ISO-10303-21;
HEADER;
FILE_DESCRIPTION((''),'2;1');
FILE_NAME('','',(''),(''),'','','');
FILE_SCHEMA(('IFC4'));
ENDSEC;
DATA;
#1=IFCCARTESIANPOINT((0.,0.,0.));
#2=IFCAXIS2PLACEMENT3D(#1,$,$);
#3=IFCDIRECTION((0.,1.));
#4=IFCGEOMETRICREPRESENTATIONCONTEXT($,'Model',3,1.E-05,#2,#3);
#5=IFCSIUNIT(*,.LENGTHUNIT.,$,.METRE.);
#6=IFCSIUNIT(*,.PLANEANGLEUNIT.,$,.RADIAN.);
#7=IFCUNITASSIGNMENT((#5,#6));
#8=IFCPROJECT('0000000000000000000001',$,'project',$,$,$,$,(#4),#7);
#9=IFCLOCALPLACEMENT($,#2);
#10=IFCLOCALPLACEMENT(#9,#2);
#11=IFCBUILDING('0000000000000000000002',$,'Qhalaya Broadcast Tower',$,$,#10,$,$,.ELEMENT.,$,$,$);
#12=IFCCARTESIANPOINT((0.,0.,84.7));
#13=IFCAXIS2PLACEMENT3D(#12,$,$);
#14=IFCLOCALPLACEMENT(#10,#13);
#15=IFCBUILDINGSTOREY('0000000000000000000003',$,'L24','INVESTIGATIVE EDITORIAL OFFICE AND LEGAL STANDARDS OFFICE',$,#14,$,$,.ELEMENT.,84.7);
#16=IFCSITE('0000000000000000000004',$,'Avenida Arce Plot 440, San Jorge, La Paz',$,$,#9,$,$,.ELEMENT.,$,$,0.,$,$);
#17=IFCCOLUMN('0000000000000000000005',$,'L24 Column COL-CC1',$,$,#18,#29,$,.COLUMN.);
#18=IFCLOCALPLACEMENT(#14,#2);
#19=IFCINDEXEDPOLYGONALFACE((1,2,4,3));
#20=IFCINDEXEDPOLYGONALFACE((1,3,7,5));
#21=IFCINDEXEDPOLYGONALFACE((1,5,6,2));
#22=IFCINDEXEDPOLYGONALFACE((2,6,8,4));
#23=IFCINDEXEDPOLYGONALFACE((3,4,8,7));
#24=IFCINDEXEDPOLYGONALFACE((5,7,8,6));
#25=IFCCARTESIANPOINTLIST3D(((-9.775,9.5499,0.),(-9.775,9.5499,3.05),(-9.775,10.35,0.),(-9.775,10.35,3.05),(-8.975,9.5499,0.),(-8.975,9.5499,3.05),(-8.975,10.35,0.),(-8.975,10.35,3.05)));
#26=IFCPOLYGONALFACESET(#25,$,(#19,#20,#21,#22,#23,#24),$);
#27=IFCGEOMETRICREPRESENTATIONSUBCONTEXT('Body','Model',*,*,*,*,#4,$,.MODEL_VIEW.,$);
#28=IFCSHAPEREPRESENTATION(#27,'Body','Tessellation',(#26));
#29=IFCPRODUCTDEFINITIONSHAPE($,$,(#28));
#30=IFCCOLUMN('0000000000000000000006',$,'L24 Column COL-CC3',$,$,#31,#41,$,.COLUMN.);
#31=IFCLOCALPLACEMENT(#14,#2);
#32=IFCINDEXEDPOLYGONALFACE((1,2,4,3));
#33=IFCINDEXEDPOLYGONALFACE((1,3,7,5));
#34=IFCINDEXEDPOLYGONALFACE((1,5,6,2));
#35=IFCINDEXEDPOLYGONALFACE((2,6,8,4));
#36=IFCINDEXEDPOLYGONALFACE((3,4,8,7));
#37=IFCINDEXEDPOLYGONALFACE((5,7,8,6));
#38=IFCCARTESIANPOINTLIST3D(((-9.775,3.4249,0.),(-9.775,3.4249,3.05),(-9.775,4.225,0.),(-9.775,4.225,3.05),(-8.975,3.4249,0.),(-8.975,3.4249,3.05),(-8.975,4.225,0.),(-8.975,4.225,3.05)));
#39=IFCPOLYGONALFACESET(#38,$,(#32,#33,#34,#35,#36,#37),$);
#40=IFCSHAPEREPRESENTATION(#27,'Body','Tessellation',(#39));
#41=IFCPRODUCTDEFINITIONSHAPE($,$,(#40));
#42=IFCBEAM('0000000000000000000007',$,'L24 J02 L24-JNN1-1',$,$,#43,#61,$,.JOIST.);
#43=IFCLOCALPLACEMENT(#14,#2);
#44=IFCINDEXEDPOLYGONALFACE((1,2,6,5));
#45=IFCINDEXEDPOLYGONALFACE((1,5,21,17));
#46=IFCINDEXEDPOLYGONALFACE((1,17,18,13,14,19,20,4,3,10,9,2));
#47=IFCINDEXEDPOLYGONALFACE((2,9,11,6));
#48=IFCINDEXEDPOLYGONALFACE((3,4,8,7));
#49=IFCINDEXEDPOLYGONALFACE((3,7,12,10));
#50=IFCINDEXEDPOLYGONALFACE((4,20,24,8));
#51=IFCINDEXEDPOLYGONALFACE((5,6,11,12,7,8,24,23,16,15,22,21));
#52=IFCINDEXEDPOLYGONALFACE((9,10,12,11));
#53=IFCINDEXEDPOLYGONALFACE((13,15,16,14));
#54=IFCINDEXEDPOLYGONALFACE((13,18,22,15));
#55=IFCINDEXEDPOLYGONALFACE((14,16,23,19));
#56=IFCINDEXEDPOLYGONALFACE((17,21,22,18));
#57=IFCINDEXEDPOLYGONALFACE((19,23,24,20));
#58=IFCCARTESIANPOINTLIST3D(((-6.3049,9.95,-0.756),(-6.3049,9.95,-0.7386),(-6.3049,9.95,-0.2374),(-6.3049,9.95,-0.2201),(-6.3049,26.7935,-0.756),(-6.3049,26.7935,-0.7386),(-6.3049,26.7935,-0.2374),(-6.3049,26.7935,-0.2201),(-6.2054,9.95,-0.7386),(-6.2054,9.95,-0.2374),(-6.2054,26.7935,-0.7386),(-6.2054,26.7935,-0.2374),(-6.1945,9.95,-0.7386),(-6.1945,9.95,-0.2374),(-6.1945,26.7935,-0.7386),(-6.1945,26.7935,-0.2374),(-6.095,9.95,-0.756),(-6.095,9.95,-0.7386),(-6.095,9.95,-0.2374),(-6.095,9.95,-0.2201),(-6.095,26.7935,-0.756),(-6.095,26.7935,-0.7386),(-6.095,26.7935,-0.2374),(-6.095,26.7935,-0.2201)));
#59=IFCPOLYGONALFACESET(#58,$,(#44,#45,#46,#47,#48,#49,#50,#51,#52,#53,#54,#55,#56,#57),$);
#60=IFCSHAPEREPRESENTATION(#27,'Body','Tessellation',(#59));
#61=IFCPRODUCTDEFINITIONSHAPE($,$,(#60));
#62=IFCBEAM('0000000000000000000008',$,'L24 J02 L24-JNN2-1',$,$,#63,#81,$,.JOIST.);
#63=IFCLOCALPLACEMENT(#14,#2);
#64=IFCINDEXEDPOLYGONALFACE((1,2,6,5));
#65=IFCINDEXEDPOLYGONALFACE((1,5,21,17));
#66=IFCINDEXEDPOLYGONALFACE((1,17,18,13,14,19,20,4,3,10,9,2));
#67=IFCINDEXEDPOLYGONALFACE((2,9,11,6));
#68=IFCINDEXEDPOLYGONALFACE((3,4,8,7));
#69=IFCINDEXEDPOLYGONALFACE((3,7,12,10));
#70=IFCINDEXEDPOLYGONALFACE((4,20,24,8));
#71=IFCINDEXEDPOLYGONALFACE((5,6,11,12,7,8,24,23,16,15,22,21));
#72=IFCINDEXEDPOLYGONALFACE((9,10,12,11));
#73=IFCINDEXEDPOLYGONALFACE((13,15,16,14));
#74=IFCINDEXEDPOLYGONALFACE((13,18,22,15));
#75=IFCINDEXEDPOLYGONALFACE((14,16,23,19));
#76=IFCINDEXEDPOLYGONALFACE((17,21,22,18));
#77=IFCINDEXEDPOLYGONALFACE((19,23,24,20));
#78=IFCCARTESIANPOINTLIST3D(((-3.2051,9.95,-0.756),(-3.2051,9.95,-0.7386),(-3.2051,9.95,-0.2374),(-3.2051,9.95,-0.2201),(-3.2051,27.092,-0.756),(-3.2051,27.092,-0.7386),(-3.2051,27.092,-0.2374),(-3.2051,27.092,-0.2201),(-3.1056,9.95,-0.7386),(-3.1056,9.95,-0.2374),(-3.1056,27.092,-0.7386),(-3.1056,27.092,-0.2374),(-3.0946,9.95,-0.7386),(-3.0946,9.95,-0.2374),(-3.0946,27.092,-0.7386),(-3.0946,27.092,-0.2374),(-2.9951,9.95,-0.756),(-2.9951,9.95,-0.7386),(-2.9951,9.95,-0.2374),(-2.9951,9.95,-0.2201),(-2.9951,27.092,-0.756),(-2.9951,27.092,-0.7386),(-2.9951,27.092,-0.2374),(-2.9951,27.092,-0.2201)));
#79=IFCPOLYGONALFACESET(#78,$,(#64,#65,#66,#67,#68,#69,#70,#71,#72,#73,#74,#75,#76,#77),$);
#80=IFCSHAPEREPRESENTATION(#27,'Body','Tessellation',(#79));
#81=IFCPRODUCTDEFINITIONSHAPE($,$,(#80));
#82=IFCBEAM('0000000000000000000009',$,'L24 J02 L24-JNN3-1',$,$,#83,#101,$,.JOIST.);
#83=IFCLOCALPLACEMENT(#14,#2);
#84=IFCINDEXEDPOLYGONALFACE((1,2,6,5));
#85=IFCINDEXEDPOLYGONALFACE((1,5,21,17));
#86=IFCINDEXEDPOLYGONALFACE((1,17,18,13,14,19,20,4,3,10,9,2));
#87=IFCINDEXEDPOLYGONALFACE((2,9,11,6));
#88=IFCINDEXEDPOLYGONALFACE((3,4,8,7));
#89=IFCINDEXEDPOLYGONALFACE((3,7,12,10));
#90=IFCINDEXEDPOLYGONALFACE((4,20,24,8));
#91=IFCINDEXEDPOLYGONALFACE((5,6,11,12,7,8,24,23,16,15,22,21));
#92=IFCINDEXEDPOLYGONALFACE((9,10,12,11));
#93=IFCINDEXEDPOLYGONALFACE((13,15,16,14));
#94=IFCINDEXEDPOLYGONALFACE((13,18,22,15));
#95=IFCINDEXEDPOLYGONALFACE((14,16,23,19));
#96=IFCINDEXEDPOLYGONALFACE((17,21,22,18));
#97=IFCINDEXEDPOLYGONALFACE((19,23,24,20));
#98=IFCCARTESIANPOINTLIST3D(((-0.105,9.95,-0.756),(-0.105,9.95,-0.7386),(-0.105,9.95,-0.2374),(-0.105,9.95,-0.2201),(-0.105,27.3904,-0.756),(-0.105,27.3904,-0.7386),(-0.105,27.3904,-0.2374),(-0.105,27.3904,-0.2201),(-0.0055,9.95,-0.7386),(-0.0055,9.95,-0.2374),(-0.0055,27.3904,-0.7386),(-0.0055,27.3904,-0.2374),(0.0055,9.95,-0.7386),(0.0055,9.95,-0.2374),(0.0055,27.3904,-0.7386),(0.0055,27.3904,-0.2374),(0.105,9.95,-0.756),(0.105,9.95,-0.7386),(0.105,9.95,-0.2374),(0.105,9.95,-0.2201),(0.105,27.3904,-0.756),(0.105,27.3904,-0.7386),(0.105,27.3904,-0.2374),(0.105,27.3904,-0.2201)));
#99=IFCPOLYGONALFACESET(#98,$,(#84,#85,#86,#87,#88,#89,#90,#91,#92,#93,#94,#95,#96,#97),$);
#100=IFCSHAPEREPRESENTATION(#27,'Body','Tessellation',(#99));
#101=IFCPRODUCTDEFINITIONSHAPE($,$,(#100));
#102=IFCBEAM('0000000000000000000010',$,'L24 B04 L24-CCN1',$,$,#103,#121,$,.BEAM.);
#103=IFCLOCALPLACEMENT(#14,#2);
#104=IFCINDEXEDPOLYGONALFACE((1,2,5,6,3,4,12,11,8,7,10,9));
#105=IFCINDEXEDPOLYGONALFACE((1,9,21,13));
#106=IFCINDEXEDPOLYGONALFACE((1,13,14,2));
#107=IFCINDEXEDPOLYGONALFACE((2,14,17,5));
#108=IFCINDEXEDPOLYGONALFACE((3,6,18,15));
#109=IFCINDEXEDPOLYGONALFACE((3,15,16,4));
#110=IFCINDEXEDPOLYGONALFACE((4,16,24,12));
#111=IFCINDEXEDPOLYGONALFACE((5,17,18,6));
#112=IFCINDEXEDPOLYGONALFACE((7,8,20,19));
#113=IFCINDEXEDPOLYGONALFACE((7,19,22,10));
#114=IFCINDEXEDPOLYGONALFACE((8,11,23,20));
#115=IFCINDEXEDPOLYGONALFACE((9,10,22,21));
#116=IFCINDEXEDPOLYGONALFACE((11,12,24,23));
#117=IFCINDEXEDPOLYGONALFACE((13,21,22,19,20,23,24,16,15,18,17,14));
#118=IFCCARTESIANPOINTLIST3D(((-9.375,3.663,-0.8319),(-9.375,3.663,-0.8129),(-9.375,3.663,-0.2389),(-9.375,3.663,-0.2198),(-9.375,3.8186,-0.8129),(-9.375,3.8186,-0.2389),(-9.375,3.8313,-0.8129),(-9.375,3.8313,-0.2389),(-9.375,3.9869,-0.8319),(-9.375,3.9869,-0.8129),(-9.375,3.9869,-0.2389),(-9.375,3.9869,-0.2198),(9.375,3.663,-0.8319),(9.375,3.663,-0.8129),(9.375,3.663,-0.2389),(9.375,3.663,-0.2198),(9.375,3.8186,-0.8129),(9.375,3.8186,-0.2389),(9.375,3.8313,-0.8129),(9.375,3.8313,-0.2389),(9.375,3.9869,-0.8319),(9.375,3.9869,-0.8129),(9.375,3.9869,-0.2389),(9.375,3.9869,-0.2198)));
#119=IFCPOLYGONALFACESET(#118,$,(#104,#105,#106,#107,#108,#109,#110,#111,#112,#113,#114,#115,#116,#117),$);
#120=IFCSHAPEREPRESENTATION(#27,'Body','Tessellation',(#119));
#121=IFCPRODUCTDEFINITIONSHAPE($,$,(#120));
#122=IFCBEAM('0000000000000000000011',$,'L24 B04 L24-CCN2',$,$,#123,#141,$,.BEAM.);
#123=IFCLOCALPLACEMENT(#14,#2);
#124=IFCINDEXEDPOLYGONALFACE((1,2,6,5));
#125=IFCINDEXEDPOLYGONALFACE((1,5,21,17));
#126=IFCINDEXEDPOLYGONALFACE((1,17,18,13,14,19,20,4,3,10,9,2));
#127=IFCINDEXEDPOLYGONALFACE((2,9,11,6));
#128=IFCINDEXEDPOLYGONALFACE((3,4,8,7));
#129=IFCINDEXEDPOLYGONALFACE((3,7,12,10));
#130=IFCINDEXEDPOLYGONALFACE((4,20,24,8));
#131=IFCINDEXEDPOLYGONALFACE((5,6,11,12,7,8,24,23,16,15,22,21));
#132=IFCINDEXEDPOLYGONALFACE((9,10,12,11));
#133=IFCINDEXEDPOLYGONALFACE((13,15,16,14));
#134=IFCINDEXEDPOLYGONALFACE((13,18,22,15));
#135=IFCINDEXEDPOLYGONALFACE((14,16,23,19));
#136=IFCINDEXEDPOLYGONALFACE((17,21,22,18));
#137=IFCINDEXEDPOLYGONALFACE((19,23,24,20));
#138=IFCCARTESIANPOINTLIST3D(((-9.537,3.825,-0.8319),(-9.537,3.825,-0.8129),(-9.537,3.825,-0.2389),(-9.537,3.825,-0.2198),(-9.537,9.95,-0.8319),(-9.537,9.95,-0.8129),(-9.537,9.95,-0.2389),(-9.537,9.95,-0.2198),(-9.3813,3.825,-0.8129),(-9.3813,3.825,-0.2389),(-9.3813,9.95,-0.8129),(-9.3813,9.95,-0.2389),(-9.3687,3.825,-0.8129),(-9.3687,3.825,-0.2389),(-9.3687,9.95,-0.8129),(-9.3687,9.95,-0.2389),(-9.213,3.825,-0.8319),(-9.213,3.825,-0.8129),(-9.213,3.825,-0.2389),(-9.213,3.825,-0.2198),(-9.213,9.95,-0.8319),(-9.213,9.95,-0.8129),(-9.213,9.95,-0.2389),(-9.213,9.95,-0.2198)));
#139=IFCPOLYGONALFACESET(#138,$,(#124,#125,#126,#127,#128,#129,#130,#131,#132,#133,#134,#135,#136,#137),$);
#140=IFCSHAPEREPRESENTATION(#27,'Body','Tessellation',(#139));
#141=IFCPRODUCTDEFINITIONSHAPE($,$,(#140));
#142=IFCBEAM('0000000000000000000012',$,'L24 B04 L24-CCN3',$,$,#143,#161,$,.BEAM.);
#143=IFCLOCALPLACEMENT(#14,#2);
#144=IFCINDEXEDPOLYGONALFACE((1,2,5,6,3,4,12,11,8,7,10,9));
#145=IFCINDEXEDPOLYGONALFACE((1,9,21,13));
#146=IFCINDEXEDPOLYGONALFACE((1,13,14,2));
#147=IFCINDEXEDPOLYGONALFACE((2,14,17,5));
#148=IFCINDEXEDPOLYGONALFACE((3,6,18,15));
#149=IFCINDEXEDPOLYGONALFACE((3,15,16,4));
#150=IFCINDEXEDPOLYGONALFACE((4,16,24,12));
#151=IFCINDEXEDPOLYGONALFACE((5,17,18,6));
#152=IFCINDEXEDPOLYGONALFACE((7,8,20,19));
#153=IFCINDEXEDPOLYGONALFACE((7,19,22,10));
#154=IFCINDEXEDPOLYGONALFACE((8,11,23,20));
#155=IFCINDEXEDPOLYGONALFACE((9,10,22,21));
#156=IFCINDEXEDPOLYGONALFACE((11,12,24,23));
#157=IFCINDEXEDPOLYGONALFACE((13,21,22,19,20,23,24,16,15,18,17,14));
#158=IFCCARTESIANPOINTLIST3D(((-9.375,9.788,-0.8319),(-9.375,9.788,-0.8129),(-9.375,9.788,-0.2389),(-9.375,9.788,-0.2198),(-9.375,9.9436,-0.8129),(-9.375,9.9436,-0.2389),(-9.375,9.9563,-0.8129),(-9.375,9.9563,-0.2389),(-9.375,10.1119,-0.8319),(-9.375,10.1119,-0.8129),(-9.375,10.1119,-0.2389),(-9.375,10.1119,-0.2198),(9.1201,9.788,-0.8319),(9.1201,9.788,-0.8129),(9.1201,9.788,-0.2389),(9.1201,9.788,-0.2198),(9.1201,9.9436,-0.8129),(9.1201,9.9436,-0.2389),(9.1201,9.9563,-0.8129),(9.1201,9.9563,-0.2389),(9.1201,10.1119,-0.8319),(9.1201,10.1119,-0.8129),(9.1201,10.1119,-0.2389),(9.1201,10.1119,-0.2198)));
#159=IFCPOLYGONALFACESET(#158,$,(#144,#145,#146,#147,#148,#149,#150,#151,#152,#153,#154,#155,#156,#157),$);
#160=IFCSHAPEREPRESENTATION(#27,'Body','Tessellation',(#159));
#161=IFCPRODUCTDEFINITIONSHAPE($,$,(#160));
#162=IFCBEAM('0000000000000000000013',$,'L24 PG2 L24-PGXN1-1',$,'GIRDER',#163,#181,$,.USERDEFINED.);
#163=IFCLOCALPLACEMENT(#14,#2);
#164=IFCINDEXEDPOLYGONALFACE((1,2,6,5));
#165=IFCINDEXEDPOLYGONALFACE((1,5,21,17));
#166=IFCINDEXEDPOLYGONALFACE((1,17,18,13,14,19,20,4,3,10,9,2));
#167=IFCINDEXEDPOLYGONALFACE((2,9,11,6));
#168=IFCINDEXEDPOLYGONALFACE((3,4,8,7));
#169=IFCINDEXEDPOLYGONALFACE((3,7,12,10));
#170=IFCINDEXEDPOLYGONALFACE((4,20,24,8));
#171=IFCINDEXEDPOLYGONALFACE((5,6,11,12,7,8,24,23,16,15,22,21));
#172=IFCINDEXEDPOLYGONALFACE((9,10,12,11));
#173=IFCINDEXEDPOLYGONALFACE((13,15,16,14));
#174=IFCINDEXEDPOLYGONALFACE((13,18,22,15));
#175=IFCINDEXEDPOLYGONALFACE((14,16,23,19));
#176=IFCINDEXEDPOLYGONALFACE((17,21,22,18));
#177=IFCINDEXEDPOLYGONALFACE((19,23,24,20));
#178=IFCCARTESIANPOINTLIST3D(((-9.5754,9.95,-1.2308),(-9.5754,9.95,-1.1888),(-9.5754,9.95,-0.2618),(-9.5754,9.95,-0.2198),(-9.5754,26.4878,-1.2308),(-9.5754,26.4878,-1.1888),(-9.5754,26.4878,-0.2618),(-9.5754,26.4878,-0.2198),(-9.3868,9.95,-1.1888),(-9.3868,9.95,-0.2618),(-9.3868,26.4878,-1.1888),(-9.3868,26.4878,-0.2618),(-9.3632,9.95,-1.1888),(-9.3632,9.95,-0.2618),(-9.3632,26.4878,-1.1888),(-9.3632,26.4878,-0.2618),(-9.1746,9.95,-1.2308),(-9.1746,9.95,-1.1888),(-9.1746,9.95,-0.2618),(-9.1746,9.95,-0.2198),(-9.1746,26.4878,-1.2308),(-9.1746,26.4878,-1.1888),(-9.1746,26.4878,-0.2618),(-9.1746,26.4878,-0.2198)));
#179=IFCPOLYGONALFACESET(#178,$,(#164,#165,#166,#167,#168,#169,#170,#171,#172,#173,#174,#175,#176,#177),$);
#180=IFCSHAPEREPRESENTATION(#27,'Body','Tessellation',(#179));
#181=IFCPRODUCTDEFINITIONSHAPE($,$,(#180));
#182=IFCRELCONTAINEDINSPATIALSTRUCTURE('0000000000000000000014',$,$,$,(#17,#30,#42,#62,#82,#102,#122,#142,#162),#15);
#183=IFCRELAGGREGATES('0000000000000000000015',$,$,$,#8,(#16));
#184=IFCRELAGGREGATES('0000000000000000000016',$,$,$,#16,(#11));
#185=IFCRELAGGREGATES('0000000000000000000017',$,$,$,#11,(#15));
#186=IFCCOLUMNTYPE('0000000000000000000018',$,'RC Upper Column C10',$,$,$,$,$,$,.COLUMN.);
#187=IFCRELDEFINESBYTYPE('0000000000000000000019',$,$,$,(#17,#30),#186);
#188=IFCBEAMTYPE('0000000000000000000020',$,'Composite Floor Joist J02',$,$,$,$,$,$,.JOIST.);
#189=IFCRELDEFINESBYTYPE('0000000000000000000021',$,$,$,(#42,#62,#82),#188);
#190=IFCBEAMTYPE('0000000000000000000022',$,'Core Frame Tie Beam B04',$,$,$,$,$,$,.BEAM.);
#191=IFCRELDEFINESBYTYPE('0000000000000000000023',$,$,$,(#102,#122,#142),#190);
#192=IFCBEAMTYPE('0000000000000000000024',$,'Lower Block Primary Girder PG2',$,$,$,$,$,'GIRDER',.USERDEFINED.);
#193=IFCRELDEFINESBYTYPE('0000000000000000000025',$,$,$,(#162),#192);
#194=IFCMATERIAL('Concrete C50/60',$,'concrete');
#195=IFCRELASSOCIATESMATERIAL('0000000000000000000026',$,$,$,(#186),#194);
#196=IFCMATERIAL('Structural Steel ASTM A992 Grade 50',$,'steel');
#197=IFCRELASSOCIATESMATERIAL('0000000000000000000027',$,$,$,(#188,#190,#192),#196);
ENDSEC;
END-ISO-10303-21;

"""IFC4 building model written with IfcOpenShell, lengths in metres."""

from ifc_helpers import new_model, si_unit, direction, frame, origin, origin_2d, place, context, subcontext, project, spatial, rectangle, i_section, extrude, material, material_profile, profile_set, type_object, element, save


model = new_model("IFC4")

# Units and contexts
model_context = context("Model", 3, precision=1e-05, world=origin(), true_north=direction((0.0, 1.0)))
body_context = subcontext(model_context, "Body", "Model", "MODEL_VIEW")
ifc_project = project(units=[si_unit("LENGTHUNIT", "METRE"), si_unit("PLANEANGLEUNIT", "RADIAN")], contexts=[model_context])

# Site, building, storey
site_placement = place(None, origin())
site = spatial("IfcSite", under=ifc_project, at=site_placement, Name="Avenida Arce Plot 440, San Jorge, La Paz", CompositionType="ELEMENT", RefElevation=0.0)
building_placement = place(site_placement, origin())
building = spatial("IfcBuilding", under=site, at=building_placement, Name="Qhalaya Broadcast Tower", CompositionType="ELEMENT")
storey_placement = place(building_placement, frame((0.0, 0.0, 84.7)))
storey = spatial("IfcBuildingStorey", under=building, at=storey_placement, Name="L24", Description="INVESTIGATIVE EDITORIAL OFFICE AND LEGAL STANDARDS OFFICE", CompositionType="ELEMENT", Elevation=84.7)

# Columns
ifc_material_1 = material(Name="Concrete C50/60", Category="concrete")
ifc_material_profile_1 = material_profile(ifc_material_1, rectangle(XDim=0.8, YDim=0.8, at=origin_2d()), Name="RC-COL 800x800")
ifc_profile_set_1 = profile_set([ifc_material_profile_1], Name="Concrete C50/60")
column_type = type_object("IfcColumnType", Name="RC Upper Column C10", PredefinedType="COLUMN", material=ifc_profile_set_1)
for number, where, z_axis, x_axis, name in (
    (1, (-9.375, 9.95, 0.0), (0.0, 0.0, 1.0), (1.0, 0.0, 0.0), "L24 Column COL-CC1"),
    (2, (-9.375, 3.825, 0.0), (0.0, 0.0, 1.0), (1.0, 0.0, 0.0), "L24 Column COL-CC3"),
):
    element("IfcColumn", number, at=place(storey_placement, frame(where, z_axis=z_axis, x_axis=x_axis)), inside=storey, type_object=column_type, Name=name, PredefinedType="COLUMN", context=body_context, shape_type="SweptSolid", body=[
        extrude(rectangle(XDim=0.8, YDim=0.8, at=origin_2d()), origin(), (0.0, 0.0, 1.0), 3.05),
    ])

# Beams
ifc_material_2 = material(Name="Structural Steel ASTM A992 Grade 50", Category="steel")
ifc_material_profile_2 = material_profile(ifc_material_2, i_section(OverallWidth=0.21, OverallDepth=0.5359, WebThickness=0.011, FlangeThickness=0.0173, at=origin_2d()), Name="W21X68")
ifc_profile_set_2 = profile_set([ifc_material_profile_2], Name="Structural Steel ASTM A992 Grade 50")
beam_type_1 = type_object("IfcBeamType", Name="Composite Floor Joist J02", PredefinedType="JOIST", material=ifc_profile_set_2)
beam_1_placement = place(storey_placement, frame((-6.2, 9.95, -0.488), z_axis=(0.0, 1.0, 0.0), x_axis=(-1.0, 0.0, 0.0)))
element("IfcBeam", 3, at=beam_1_placement, inside=storey, type_object=beam_type_1, Name="L24 J02 L24-JNN1-1", PredefinedType="JOIST", context=body_context, shape_type="SweptSolid", body=[
    extrude(i_section(OverallWidth=0.21, OverallDepth=0.5359, WebThickness=0.011, FlangeThickness=0.0173, at=origin_2d()), origin(), (0.0, 0.0, 1.0), 16.8435),
])
beam_2_placement = place(storey_placement, frame((-3.1001, 9.95, -0.488), z_axis=(0.0, 1.0, 0.0), x_axis=(-1.0, 0.0, 0.0)))
element("IfcBeam", 4, at=beam_2_placement, inside=storey, type_object=beam_type_1, Name="L24 J02 L24-JNN2-1", PredefinedType="JOIST", context=body_context, shape_type="SweptSolid", body=[
    extrude(i_section(OverallWidth=0.21, OverallDepth=0.5359, WebThickness=0.011, FlangeThickness=0.0173, at=origin_2d()), origin(), (0.0, 0.0, 1.0), 17.1421),
])
beam_3_placement = place(storey_placement, frame((0.0, 9.95, -0.488), z_axis=(0.0, 1.0, 0.0), x_axis=(-1.0, 0.0, 0.0)))
element("IfcBeam", 5, at=beam_3_placement, inside=storey, type_object=beam_type_1, Name="L24 J02 L24-JNN3-1", PredefinedType="JOIST", context=body_context, shape_type="SweptSolid", body=[
    extrude(i_section(OverallWidth=0.21, OverallDepth=0.5359, WebThickness=0.011, FlangeThickness=0.0173, at=origin_2d()), origin(), (0.0, 0.0, 1.0), 17.4404),
])
ifc_material_profile_3 = material_profile(ifc_material_2, i_section(OverallWidth=0.324, OverallDepth=0.6121, WebThickness=0.0127, FlangeThickness=0.019, at=origin_2d()), Name="W24X104")
ifc_profile_set_3 = profile_set([ifc_material_profile_3], Name="Structural Steel ASTM A992 Grade 50")
beam_type_2 = type_object("IfcBeamType", Name="Core Frame Tie Beam B04", PredefinedType="BEAM", material=ifc_profile_set_3)
beam_4_placement = place(storey_placement, frame((-9.375, 3.825, -0.5259), z_axis=(1.0, 0.0, 0.0), x_axis=(0.0, 1.0, 0.0)))
element("IfcBeam", 6, at=beam_4_placement, inside=storey, type_object=beam_type_2, Name="L24 B04 L24-CCN1", PredefinedType="BEAM", context=body_context, shape_type="SweptSolid", body=[
    extrude(i_section(OverallWidth=0.324, OverallDepth=0.6121, WebThickness=0.0127, FlangeThickness=0.019, at=origin_2d()), origin(), (0.0, 0.0, 1.0), 18.75),
])
beam_5_placement = place(storey_placement, frame((-9.375, 3.825, -0.5259), z_axis=(0.0, 1.0, 0.0), x_axis=(-1.0, 0.0, 0.0)))
element("IfcBeam", 7, at=beam_5_placement, inside=storey, type_object=beam_type_2, Name="L24 B04 L24-CCN2", PredefinedType="BEAM", context=body_context, shape_type="SweptSolid", body=[
    extrude(i_section(OverallWidth=0.324, OverallDepth=0.6121, WebThickness=0.0127, FlangeThickness=0.019, at=origin_2d()), origin(), (0.0, 0.0, 1.0), 6.125),
])
beam_6_placement = place(storey_placement, frame((-9.375, 9.95, -0.5259), z_axis=(1.0, 0.0, 0.0), x_axis=(0.0, 1.0, 0.0)))
element("IfcBeam", 8, at=beam_6_placement, inside=storey, type_object=beam_type_2, Name="L24 B04 L24-CCN3", PredefinedType="BEAM", context=body_context, shape_type="SweptSolid", body=[
    extrude(i_section(OverallWidth=0.324, OverallDepth=0.6121, WebThickness=0.0127, FlangeThickness=0.019, at=origin_2d()), origin(), (0.0, 0.0, 1.0), 18.4951),
])
ifc_material_profile_4 = material_profile(ifc_material_2, i_section(OverallWidth=0.4009, OverallDepth=1.011, WebThickness=0.0237, FlangeThickness=0.042, at=origin_2d()), Name="W40X297")
ifc_profile_set_4 = profile_set([ifc_material_profile_4], Name="Structural Steel ASTM A992 Grade 50")
beam_type_3 = type_object("IfcBeamType", Name="Lower Block Primary Girder PG2", ElementType="GIRDER", PredefinedType="USERDEFINED", material=ifc_profile_set_4)
beam_7_placement = place(storey_placement, frame((-9.375, 9.95, -0.7253), z_axis=(0.0, 1.0, 0.0), x_axis=(-1.0, 0.0, 0.0)))
element("IfcBeam", 9, at=beam_7_placement, inside=storey, type_object=beam_type_3, Name="L24 PG2 L24-PGXN1-1", ObjectType="GIRDER", PredefinedType="USERDEFINED", context=body_context, shape_type="SweptSolid", body=[
    extrude(i_section(OverallWidth=0.4009, OverallDepth=1.011, WebThickness=0.0237, FlangeThickness=0.042, at=origin_2d()), origin(), (0.0, 0.0, 1.0), 16.5378),
])

save(model, "model.ifc")
